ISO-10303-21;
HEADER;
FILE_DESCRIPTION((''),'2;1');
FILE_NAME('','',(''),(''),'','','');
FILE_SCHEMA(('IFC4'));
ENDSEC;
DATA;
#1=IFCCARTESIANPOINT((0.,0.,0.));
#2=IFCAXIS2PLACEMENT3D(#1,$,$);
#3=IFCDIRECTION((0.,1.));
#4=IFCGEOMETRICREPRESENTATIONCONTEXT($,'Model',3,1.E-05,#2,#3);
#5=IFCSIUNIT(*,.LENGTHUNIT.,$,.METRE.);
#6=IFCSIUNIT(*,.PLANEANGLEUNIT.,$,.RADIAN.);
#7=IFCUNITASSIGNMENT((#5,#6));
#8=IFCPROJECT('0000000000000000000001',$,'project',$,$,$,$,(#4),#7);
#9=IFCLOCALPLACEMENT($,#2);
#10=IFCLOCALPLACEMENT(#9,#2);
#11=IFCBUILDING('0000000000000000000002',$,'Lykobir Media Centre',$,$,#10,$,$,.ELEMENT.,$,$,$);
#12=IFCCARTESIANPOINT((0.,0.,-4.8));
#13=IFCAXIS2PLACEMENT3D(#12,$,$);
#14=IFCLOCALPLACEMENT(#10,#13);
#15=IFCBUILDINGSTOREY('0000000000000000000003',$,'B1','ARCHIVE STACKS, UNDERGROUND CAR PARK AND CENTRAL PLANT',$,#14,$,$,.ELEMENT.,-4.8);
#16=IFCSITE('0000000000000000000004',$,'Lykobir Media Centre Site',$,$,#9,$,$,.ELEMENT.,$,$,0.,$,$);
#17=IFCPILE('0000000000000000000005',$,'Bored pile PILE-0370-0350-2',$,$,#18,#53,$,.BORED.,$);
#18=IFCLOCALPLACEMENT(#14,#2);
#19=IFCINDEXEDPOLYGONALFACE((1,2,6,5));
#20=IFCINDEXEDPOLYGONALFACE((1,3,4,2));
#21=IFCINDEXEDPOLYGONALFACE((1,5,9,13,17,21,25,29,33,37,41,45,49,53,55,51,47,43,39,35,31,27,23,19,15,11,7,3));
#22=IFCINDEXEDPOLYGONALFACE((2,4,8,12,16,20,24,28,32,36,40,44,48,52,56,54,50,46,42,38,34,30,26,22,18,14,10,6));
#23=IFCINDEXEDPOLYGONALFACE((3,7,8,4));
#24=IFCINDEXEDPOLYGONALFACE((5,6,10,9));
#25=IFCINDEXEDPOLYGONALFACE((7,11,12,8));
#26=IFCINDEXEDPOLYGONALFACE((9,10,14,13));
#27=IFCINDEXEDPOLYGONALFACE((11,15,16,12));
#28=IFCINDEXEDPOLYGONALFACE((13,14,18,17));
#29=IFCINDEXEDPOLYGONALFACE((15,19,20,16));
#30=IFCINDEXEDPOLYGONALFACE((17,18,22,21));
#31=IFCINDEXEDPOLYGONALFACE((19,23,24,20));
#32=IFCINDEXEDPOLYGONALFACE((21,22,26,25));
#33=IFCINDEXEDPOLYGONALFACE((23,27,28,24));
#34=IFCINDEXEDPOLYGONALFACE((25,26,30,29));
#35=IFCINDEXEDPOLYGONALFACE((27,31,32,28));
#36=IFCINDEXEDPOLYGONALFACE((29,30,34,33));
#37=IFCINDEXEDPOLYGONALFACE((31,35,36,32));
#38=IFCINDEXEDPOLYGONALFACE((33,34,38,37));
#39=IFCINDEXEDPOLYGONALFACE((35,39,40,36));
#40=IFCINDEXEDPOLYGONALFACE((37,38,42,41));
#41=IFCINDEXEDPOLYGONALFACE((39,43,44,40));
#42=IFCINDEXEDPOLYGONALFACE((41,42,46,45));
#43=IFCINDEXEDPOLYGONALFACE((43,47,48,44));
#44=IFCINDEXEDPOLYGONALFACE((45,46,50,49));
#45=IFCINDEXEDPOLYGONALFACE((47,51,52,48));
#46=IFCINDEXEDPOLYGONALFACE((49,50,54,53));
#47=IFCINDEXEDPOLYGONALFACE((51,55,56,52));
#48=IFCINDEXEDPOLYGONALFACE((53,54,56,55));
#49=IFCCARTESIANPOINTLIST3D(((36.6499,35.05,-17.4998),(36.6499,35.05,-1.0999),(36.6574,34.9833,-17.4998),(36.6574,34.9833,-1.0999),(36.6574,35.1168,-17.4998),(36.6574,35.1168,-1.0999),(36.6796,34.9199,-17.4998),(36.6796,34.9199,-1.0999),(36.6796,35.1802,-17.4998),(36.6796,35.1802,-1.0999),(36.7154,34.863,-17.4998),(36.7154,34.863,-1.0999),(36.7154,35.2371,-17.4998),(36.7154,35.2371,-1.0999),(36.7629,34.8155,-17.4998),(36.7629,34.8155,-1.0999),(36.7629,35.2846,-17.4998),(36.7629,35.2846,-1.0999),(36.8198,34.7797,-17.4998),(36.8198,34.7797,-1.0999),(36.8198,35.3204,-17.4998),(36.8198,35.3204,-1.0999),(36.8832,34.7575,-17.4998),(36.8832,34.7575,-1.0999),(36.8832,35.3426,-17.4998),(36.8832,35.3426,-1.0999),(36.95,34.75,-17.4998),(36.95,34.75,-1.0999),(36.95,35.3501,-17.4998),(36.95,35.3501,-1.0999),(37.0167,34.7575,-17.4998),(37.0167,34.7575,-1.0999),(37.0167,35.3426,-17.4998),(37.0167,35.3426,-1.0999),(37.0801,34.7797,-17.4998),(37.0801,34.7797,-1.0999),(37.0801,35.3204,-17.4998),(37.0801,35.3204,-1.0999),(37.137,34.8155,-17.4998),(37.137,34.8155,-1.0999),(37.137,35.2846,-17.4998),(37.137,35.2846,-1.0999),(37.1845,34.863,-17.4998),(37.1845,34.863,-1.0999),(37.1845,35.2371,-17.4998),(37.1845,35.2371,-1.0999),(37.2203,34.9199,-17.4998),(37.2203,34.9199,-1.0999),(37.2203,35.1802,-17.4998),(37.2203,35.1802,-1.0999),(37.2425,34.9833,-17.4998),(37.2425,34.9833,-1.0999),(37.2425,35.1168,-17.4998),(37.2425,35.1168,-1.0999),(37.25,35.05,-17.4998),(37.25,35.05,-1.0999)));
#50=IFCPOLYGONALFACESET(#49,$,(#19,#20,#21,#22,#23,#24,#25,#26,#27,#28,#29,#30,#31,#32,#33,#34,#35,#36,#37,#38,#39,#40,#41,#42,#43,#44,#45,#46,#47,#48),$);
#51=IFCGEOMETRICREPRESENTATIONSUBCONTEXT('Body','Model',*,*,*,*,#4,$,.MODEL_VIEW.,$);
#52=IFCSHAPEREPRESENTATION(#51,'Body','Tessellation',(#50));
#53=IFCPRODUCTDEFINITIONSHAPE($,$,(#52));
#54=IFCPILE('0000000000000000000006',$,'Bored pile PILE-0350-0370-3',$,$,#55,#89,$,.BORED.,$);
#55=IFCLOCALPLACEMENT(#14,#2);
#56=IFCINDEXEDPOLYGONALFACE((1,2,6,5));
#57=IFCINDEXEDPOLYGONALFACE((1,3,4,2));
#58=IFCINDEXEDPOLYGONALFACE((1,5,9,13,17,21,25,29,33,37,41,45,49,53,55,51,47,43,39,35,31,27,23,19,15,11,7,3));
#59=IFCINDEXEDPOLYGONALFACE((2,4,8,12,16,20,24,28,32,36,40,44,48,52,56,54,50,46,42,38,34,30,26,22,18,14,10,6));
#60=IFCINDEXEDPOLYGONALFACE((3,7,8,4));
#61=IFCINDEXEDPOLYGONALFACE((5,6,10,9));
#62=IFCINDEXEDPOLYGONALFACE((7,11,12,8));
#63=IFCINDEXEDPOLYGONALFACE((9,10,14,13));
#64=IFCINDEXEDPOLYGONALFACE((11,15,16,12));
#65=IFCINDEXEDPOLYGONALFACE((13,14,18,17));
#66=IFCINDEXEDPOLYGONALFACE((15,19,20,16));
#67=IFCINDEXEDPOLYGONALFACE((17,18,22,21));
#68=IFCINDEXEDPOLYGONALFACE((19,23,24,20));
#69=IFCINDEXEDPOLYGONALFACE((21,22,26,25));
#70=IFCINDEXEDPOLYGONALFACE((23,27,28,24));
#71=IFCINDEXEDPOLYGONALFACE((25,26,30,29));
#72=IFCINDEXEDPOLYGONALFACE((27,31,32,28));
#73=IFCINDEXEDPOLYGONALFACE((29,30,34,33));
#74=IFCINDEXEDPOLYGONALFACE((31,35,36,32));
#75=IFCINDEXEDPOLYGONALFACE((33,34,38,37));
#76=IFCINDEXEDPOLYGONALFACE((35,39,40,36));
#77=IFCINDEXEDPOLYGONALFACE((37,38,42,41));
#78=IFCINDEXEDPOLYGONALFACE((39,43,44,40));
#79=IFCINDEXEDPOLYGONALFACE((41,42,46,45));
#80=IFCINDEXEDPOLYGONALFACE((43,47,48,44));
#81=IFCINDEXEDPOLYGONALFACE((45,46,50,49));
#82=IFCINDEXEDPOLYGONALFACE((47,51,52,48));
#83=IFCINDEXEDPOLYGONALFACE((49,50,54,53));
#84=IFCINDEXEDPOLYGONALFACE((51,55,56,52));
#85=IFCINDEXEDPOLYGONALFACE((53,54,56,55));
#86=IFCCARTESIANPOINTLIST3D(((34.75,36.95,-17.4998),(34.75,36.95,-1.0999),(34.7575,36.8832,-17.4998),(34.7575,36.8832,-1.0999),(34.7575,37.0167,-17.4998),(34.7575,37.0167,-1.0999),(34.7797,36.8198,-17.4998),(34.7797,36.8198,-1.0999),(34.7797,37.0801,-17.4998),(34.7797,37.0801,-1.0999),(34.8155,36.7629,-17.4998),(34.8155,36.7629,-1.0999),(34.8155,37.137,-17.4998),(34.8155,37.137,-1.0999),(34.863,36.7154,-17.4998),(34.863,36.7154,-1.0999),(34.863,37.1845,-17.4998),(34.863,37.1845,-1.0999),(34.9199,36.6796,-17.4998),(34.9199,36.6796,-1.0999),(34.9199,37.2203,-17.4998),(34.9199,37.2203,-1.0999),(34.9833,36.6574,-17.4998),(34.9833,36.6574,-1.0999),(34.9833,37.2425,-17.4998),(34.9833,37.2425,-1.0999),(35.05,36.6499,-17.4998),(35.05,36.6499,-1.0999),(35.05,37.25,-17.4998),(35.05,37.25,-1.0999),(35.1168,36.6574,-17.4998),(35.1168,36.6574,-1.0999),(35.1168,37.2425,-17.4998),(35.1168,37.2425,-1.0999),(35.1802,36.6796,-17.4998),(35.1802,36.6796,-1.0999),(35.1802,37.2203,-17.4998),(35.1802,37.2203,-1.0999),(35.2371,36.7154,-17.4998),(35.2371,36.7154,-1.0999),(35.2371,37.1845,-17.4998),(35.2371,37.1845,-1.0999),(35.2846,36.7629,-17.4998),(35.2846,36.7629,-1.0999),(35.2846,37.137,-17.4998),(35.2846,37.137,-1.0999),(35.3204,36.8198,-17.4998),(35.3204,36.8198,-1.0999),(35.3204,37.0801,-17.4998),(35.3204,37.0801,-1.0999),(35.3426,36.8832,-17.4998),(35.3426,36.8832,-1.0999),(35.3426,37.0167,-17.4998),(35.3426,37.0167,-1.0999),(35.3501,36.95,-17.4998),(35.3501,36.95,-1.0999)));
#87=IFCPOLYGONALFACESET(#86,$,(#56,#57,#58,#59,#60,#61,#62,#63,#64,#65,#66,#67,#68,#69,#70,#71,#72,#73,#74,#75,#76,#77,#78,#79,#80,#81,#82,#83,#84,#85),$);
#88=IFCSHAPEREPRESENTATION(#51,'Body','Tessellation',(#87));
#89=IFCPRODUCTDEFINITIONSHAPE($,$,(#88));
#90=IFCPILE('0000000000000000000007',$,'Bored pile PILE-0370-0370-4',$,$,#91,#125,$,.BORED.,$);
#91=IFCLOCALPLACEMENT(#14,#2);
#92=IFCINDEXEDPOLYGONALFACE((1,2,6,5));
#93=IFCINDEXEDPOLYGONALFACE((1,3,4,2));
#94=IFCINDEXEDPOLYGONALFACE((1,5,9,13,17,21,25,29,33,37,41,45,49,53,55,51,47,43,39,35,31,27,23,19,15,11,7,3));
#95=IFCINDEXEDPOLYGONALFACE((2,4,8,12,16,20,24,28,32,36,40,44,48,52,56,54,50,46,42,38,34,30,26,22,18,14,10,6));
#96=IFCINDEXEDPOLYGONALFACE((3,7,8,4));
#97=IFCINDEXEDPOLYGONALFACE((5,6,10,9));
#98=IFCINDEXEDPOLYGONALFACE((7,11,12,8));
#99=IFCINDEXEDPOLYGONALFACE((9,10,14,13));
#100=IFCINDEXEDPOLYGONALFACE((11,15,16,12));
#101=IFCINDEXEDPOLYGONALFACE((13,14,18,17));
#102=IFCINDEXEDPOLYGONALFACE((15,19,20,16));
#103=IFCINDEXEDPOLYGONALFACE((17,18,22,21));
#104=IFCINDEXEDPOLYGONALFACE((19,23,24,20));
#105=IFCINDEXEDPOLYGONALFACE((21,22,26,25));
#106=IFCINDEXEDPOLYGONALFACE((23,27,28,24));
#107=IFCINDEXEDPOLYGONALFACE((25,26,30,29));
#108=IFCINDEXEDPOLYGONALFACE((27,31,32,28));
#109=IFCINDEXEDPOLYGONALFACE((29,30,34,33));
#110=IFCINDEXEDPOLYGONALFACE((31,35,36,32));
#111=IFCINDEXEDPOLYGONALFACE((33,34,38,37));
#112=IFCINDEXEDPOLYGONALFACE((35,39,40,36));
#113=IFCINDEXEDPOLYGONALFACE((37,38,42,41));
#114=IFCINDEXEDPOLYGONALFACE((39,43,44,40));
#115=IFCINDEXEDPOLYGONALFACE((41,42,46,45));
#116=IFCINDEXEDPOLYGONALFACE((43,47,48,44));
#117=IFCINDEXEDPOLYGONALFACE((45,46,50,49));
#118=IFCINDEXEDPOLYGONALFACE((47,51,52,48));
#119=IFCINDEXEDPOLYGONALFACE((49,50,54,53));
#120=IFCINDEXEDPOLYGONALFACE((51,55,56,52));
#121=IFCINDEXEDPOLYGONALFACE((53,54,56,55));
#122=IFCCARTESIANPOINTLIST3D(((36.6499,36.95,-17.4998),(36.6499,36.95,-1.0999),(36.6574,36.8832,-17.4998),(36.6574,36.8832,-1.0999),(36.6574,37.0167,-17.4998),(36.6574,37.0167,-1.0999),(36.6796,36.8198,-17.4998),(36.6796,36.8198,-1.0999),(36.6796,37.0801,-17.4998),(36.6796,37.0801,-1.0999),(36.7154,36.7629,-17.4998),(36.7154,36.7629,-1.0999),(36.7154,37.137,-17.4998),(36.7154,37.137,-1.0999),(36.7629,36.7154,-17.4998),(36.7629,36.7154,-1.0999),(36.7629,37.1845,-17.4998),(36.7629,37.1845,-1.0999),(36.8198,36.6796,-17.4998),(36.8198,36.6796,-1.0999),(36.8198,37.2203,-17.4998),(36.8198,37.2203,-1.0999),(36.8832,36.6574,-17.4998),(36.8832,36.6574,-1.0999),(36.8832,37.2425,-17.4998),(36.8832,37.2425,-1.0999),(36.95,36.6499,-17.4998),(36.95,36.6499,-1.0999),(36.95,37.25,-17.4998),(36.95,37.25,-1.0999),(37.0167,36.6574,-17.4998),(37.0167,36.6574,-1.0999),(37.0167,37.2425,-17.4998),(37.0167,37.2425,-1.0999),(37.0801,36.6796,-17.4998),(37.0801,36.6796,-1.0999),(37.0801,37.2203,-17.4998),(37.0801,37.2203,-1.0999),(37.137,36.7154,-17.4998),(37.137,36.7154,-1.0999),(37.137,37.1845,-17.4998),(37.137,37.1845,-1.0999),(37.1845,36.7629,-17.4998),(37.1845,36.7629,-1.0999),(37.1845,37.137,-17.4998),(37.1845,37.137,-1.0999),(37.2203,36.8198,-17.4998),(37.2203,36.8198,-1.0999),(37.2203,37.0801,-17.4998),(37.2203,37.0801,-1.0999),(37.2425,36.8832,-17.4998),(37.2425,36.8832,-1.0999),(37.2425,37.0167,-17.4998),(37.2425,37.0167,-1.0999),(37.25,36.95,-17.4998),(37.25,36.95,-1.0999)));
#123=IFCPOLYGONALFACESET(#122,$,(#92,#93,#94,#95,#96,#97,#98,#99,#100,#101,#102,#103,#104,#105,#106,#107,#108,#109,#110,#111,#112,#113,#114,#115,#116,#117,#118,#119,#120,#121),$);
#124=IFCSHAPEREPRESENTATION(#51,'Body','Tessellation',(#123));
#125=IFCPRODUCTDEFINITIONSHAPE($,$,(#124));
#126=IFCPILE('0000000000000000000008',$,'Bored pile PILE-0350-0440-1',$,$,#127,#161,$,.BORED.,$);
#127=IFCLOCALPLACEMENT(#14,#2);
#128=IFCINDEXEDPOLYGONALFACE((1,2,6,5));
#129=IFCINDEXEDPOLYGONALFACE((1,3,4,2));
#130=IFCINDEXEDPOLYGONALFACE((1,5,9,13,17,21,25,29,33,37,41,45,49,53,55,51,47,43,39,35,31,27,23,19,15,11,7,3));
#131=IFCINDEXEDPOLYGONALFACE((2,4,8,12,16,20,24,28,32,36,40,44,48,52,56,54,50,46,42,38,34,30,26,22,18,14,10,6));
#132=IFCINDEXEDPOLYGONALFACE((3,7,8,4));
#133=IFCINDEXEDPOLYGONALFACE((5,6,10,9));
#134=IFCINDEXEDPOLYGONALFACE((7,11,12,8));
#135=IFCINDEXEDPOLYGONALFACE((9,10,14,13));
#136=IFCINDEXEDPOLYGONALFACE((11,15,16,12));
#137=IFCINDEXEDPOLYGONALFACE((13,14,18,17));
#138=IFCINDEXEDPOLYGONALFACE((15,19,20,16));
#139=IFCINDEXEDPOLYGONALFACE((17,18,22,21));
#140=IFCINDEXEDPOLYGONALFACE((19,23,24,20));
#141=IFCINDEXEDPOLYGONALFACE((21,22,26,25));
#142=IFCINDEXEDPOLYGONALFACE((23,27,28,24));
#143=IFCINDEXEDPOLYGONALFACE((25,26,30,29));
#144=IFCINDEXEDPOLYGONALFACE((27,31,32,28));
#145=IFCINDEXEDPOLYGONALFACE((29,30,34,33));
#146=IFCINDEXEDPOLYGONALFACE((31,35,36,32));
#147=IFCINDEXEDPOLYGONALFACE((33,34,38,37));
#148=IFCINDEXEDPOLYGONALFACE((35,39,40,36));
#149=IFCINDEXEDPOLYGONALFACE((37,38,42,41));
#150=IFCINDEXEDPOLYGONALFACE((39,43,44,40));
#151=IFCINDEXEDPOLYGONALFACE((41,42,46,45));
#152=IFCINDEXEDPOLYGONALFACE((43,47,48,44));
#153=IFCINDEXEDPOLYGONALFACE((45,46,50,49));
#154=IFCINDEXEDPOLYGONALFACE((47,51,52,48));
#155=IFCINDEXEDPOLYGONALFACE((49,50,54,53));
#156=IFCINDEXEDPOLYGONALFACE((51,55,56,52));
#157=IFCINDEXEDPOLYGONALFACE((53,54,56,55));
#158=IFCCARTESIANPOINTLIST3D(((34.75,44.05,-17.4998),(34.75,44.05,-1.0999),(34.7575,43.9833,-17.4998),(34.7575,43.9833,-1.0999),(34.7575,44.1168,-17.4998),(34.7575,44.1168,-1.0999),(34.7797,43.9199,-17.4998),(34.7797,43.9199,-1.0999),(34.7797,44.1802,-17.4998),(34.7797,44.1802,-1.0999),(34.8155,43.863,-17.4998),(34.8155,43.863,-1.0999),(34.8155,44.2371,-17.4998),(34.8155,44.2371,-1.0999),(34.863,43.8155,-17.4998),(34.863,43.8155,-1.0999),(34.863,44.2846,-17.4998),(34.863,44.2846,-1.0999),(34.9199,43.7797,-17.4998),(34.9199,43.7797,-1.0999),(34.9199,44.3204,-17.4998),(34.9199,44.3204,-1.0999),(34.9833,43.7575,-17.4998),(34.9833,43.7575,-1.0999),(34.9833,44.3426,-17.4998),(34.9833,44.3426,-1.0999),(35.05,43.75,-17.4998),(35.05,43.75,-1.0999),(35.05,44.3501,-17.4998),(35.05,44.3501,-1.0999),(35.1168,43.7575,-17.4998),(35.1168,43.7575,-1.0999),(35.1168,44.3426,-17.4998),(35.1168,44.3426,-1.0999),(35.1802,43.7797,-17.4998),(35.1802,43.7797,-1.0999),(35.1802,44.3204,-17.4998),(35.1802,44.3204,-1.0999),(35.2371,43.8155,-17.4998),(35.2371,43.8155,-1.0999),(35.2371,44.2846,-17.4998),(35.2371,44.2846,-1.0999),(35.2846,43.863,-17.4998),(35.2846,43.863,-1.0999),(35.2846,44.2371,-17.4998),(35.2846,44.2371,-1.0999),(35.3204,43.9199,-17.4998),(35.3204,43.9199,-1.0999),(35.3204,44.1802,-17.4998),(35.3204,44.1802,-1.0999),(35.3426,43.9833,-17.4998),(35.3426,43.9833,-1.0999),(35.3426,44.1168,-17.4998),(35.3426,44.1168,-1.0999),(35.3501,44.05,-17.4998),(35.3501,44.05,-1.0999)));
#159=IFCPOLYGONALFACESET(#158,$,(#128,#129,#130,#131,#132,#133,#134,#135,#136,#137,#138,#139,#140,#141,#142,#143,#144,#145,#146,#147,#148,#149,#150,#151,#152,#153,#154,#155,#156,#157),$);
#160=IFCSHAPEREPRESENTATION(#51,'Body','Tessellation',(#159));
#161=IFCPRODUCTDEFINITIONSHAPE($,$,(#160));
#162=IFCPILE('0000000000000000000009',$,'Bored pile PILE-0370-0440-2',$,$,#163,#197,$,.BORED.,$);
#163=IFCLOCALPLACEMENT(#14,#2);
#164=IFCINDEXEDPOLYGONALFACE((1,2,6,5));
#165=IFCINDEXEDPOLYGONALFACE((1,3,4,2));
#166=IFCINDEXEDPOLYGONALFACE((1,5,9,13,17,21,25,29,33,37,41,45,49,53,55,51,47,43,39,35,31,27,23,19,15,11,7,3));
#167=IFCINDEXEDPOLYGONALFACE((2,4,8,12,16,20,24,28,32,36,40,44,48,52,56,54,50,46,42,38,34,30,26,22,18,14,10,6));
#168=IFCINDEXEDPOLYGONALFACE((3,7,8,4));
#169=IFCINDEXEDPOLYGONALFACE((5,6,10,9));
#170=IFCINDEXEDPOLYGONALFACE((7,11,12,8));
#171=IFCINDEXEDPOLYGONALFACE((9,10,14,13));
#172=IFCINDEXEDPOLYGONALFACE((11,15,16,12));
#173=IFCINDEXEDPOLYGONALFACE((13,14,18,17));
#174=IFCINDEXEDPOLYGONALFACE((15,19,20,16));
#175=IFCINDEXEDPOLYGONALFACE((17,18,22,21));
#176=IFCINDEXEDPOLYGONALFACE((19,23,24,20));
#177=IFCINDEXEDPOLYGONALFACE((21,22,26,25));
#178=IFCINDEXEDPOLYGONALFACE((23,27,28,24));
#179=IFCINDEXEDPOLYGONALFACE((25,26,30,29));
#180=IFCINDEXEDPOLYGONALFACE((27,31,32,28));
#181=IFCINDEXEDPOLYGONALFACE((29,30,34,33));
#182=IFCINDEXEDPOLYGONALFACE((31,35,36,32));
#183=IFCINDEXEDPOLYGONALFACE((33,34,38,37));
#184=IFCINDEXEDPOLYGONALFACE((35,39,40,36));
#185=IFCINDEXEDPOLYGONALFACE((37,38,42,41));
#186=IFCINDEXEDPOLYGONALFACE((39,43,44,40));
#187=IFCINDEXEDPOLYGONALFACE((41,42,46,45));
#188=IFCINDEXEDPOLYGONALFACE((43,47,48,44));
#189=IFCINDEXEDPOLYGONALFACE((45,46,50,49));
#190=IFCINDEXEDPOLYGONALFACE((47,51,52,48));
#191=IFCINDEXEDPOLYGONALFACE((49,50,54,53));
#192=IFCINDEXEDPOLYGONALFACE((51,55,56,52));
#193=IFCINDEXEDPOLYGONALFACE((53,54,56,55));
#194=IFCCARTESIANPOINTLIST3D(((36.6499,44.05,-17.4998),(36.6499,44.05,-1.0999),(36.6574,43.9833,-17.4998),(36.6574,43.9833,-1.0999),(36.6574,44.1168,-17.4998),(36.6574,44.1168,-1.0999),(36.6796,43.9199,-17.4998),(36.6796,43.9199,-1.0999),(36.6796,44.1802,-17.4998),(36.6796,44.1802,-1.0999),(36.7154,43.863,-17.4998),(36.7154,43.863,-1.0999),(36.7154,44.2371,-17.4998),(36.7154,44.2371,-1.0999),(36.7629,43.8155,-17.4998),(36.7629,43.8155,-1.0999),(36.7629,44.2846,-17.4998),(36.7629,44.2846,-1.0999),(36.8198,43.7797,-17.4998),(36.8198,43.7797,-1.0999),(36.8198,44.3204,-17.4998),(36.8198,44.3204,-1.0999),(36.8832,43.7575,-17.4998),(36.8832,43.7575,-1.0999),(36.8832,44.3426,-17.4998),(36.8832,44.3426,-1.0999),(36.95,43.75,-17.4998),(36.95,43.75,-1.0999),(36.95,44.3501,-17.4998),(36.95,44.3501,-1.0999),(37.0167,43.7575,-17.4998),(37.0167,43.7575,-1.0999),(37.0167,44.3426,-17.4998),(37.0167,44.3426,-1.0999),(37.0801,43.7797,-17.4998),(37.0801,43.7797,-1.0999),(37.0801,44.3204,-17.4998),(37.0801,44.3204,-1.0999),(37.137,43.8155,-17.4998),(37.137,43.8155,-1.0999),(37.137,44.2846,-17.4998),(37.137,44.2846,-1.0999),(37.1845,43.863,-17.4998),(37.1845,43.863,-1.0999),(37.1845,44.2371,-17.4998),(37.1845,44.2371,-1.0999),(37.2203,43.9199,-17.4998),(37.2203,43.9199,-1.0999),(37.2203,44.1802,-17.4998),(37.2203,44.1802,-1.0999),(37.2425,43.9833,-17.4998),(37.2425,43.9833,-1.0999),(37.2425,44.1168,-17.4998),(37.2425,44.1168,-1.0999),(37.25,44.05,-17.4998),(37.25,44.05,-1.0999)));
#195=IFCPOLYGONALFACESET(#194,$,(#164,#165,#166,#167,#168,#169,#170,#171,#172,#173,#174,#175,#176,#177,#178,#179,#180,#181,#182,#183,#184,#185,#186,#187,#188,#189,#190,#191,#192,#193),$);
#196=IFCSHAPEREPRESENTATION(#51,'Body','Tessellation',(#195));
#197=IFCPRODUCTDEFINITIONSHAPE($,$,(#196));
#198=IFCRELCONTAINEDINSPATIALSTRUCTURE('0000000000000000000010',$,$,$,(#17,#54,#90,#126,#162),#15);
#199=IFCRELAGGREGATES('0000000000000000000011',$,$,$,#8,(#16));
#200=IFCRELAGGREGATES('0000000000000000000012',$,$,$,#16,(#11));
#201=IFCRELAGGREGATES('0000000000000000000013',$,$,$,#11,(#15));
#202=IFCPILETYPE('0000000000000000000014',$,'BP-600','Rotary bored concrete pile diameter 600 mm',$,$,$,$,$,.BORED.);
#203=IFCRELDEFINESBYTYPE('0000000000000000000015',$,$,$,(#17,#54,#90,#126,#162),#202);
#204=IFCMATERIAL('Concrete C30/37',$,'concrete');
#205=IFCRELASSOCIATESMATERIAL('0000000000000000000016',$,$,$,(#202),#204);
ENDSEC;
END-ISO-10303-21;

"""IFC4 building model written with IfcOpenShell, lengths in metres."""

from ifc_helpers import new_model, si_unit, direction, frame, origin, origin_2d, place, context, subcontext, project, spatial, circle, extrude, material, material_profile, profile_set, type_object, element, save


model = new_model("IFC4")

# Units and contexts
model_context = context("Model", 3, precision=1e-05, world=origin(), true_north=direction((0.0, 1.0)))
body_context = subcontext(model_context, "Body", "Model", "MODEL_VIEW")
ifc_project = project(units=[si_unit("LENGTHUNIT", "METRE"), si_unit("PLANEANGLEUNIT", "RADIAN")], contexts=[model_context])

# Site, building, storey
site_placement = place(None, origin())
site = spatial("IfcSite", under=ifc_project, at=site_placement, Name="Lykobir Media Centre Site", CompositionType="ELEMENT", RefElevation=0.0)
building_placement = place(site_placement, origin())
building = spatial("IfcBuilding", under=site, at=building_placement, Name="Lykobir Media Centre", CompositionType="ELEMENT")
storey_placement = place(building_placement, frame((0.0, 0.0, -4.8)))
storey = spatial("IfcBuildingStorey", under=building, at=storey_placement, Name="B1", Description="ARCHIVE STACKS, UNDERGROUND CAR PARK AND CENTRAL PLANT", CompositionType="ELEMENT", Elevation=-4.8)

# Piles
ifc_material_1 = material(Name="Concrete C30/37", Category="concrete")
ifc_material_profile_1 = material_profile(ifc_material_1, circle(Radius=0.3, at=origin_2d()), Name="BORED PILE D600")
ifc_profile_set_1 = profile_set([ifc_material_profile_1], Name="Concrete C30/37")
pile_type_1 = type_object("IfcPileType", Name="BP-600", Description="Rotary bored concrete pile diameter 600 mm", PredefinedType="BORED", material=ifc_profile_set_1)
for number, where, z_axis, x_axis, name in (
    (1, (36.95, 35.05, -1.0999), (0.0, 0.0, -1.0), (1.0, 0.0, 0.0), "Bored pile PILE-0370-0350-2"),
    (2, (35.05, 36.95, -1.0999), (0.0, 0.0, -1.0), (1.0, 0.0, 0.0), "Bored pile PILE-0350-0370-3"),
    (3, (36.95, 36.95, -1.0999), (0.0, 0.0, -1.0), (1.0, 0.0, 0.0), "Bored pile PILE-0370-0370-4"),
    (4, (35.05, 44.05, -1.0999), (0.0, 0.0, -1.0), (1.0, 0.0, 0.0), "Bored pile PILE-0350-0440-1"),
    (5, (36.95, 44.05, -1.0999), (0.0, 0.0, -1.0), (1.0, 0.0, 0.0), "Bored pile PILE-0370-0440-2"),
):
    element("IfcPile", number, at=place(storey_placement, frame(where, z_axis=z_axis, x_axis=x_axis)), inside=storey, type_object=pile_type_1, Name=name, PredefinedType="BORED", context=body_context, shape_type="SweptSolid", body=[
        extrude(circle(Radius=0.3, at=origin_2d()), origin(), (0.0, 0.0, 1.0), 16.3999),
    ])

save(model, "model.ifc")
